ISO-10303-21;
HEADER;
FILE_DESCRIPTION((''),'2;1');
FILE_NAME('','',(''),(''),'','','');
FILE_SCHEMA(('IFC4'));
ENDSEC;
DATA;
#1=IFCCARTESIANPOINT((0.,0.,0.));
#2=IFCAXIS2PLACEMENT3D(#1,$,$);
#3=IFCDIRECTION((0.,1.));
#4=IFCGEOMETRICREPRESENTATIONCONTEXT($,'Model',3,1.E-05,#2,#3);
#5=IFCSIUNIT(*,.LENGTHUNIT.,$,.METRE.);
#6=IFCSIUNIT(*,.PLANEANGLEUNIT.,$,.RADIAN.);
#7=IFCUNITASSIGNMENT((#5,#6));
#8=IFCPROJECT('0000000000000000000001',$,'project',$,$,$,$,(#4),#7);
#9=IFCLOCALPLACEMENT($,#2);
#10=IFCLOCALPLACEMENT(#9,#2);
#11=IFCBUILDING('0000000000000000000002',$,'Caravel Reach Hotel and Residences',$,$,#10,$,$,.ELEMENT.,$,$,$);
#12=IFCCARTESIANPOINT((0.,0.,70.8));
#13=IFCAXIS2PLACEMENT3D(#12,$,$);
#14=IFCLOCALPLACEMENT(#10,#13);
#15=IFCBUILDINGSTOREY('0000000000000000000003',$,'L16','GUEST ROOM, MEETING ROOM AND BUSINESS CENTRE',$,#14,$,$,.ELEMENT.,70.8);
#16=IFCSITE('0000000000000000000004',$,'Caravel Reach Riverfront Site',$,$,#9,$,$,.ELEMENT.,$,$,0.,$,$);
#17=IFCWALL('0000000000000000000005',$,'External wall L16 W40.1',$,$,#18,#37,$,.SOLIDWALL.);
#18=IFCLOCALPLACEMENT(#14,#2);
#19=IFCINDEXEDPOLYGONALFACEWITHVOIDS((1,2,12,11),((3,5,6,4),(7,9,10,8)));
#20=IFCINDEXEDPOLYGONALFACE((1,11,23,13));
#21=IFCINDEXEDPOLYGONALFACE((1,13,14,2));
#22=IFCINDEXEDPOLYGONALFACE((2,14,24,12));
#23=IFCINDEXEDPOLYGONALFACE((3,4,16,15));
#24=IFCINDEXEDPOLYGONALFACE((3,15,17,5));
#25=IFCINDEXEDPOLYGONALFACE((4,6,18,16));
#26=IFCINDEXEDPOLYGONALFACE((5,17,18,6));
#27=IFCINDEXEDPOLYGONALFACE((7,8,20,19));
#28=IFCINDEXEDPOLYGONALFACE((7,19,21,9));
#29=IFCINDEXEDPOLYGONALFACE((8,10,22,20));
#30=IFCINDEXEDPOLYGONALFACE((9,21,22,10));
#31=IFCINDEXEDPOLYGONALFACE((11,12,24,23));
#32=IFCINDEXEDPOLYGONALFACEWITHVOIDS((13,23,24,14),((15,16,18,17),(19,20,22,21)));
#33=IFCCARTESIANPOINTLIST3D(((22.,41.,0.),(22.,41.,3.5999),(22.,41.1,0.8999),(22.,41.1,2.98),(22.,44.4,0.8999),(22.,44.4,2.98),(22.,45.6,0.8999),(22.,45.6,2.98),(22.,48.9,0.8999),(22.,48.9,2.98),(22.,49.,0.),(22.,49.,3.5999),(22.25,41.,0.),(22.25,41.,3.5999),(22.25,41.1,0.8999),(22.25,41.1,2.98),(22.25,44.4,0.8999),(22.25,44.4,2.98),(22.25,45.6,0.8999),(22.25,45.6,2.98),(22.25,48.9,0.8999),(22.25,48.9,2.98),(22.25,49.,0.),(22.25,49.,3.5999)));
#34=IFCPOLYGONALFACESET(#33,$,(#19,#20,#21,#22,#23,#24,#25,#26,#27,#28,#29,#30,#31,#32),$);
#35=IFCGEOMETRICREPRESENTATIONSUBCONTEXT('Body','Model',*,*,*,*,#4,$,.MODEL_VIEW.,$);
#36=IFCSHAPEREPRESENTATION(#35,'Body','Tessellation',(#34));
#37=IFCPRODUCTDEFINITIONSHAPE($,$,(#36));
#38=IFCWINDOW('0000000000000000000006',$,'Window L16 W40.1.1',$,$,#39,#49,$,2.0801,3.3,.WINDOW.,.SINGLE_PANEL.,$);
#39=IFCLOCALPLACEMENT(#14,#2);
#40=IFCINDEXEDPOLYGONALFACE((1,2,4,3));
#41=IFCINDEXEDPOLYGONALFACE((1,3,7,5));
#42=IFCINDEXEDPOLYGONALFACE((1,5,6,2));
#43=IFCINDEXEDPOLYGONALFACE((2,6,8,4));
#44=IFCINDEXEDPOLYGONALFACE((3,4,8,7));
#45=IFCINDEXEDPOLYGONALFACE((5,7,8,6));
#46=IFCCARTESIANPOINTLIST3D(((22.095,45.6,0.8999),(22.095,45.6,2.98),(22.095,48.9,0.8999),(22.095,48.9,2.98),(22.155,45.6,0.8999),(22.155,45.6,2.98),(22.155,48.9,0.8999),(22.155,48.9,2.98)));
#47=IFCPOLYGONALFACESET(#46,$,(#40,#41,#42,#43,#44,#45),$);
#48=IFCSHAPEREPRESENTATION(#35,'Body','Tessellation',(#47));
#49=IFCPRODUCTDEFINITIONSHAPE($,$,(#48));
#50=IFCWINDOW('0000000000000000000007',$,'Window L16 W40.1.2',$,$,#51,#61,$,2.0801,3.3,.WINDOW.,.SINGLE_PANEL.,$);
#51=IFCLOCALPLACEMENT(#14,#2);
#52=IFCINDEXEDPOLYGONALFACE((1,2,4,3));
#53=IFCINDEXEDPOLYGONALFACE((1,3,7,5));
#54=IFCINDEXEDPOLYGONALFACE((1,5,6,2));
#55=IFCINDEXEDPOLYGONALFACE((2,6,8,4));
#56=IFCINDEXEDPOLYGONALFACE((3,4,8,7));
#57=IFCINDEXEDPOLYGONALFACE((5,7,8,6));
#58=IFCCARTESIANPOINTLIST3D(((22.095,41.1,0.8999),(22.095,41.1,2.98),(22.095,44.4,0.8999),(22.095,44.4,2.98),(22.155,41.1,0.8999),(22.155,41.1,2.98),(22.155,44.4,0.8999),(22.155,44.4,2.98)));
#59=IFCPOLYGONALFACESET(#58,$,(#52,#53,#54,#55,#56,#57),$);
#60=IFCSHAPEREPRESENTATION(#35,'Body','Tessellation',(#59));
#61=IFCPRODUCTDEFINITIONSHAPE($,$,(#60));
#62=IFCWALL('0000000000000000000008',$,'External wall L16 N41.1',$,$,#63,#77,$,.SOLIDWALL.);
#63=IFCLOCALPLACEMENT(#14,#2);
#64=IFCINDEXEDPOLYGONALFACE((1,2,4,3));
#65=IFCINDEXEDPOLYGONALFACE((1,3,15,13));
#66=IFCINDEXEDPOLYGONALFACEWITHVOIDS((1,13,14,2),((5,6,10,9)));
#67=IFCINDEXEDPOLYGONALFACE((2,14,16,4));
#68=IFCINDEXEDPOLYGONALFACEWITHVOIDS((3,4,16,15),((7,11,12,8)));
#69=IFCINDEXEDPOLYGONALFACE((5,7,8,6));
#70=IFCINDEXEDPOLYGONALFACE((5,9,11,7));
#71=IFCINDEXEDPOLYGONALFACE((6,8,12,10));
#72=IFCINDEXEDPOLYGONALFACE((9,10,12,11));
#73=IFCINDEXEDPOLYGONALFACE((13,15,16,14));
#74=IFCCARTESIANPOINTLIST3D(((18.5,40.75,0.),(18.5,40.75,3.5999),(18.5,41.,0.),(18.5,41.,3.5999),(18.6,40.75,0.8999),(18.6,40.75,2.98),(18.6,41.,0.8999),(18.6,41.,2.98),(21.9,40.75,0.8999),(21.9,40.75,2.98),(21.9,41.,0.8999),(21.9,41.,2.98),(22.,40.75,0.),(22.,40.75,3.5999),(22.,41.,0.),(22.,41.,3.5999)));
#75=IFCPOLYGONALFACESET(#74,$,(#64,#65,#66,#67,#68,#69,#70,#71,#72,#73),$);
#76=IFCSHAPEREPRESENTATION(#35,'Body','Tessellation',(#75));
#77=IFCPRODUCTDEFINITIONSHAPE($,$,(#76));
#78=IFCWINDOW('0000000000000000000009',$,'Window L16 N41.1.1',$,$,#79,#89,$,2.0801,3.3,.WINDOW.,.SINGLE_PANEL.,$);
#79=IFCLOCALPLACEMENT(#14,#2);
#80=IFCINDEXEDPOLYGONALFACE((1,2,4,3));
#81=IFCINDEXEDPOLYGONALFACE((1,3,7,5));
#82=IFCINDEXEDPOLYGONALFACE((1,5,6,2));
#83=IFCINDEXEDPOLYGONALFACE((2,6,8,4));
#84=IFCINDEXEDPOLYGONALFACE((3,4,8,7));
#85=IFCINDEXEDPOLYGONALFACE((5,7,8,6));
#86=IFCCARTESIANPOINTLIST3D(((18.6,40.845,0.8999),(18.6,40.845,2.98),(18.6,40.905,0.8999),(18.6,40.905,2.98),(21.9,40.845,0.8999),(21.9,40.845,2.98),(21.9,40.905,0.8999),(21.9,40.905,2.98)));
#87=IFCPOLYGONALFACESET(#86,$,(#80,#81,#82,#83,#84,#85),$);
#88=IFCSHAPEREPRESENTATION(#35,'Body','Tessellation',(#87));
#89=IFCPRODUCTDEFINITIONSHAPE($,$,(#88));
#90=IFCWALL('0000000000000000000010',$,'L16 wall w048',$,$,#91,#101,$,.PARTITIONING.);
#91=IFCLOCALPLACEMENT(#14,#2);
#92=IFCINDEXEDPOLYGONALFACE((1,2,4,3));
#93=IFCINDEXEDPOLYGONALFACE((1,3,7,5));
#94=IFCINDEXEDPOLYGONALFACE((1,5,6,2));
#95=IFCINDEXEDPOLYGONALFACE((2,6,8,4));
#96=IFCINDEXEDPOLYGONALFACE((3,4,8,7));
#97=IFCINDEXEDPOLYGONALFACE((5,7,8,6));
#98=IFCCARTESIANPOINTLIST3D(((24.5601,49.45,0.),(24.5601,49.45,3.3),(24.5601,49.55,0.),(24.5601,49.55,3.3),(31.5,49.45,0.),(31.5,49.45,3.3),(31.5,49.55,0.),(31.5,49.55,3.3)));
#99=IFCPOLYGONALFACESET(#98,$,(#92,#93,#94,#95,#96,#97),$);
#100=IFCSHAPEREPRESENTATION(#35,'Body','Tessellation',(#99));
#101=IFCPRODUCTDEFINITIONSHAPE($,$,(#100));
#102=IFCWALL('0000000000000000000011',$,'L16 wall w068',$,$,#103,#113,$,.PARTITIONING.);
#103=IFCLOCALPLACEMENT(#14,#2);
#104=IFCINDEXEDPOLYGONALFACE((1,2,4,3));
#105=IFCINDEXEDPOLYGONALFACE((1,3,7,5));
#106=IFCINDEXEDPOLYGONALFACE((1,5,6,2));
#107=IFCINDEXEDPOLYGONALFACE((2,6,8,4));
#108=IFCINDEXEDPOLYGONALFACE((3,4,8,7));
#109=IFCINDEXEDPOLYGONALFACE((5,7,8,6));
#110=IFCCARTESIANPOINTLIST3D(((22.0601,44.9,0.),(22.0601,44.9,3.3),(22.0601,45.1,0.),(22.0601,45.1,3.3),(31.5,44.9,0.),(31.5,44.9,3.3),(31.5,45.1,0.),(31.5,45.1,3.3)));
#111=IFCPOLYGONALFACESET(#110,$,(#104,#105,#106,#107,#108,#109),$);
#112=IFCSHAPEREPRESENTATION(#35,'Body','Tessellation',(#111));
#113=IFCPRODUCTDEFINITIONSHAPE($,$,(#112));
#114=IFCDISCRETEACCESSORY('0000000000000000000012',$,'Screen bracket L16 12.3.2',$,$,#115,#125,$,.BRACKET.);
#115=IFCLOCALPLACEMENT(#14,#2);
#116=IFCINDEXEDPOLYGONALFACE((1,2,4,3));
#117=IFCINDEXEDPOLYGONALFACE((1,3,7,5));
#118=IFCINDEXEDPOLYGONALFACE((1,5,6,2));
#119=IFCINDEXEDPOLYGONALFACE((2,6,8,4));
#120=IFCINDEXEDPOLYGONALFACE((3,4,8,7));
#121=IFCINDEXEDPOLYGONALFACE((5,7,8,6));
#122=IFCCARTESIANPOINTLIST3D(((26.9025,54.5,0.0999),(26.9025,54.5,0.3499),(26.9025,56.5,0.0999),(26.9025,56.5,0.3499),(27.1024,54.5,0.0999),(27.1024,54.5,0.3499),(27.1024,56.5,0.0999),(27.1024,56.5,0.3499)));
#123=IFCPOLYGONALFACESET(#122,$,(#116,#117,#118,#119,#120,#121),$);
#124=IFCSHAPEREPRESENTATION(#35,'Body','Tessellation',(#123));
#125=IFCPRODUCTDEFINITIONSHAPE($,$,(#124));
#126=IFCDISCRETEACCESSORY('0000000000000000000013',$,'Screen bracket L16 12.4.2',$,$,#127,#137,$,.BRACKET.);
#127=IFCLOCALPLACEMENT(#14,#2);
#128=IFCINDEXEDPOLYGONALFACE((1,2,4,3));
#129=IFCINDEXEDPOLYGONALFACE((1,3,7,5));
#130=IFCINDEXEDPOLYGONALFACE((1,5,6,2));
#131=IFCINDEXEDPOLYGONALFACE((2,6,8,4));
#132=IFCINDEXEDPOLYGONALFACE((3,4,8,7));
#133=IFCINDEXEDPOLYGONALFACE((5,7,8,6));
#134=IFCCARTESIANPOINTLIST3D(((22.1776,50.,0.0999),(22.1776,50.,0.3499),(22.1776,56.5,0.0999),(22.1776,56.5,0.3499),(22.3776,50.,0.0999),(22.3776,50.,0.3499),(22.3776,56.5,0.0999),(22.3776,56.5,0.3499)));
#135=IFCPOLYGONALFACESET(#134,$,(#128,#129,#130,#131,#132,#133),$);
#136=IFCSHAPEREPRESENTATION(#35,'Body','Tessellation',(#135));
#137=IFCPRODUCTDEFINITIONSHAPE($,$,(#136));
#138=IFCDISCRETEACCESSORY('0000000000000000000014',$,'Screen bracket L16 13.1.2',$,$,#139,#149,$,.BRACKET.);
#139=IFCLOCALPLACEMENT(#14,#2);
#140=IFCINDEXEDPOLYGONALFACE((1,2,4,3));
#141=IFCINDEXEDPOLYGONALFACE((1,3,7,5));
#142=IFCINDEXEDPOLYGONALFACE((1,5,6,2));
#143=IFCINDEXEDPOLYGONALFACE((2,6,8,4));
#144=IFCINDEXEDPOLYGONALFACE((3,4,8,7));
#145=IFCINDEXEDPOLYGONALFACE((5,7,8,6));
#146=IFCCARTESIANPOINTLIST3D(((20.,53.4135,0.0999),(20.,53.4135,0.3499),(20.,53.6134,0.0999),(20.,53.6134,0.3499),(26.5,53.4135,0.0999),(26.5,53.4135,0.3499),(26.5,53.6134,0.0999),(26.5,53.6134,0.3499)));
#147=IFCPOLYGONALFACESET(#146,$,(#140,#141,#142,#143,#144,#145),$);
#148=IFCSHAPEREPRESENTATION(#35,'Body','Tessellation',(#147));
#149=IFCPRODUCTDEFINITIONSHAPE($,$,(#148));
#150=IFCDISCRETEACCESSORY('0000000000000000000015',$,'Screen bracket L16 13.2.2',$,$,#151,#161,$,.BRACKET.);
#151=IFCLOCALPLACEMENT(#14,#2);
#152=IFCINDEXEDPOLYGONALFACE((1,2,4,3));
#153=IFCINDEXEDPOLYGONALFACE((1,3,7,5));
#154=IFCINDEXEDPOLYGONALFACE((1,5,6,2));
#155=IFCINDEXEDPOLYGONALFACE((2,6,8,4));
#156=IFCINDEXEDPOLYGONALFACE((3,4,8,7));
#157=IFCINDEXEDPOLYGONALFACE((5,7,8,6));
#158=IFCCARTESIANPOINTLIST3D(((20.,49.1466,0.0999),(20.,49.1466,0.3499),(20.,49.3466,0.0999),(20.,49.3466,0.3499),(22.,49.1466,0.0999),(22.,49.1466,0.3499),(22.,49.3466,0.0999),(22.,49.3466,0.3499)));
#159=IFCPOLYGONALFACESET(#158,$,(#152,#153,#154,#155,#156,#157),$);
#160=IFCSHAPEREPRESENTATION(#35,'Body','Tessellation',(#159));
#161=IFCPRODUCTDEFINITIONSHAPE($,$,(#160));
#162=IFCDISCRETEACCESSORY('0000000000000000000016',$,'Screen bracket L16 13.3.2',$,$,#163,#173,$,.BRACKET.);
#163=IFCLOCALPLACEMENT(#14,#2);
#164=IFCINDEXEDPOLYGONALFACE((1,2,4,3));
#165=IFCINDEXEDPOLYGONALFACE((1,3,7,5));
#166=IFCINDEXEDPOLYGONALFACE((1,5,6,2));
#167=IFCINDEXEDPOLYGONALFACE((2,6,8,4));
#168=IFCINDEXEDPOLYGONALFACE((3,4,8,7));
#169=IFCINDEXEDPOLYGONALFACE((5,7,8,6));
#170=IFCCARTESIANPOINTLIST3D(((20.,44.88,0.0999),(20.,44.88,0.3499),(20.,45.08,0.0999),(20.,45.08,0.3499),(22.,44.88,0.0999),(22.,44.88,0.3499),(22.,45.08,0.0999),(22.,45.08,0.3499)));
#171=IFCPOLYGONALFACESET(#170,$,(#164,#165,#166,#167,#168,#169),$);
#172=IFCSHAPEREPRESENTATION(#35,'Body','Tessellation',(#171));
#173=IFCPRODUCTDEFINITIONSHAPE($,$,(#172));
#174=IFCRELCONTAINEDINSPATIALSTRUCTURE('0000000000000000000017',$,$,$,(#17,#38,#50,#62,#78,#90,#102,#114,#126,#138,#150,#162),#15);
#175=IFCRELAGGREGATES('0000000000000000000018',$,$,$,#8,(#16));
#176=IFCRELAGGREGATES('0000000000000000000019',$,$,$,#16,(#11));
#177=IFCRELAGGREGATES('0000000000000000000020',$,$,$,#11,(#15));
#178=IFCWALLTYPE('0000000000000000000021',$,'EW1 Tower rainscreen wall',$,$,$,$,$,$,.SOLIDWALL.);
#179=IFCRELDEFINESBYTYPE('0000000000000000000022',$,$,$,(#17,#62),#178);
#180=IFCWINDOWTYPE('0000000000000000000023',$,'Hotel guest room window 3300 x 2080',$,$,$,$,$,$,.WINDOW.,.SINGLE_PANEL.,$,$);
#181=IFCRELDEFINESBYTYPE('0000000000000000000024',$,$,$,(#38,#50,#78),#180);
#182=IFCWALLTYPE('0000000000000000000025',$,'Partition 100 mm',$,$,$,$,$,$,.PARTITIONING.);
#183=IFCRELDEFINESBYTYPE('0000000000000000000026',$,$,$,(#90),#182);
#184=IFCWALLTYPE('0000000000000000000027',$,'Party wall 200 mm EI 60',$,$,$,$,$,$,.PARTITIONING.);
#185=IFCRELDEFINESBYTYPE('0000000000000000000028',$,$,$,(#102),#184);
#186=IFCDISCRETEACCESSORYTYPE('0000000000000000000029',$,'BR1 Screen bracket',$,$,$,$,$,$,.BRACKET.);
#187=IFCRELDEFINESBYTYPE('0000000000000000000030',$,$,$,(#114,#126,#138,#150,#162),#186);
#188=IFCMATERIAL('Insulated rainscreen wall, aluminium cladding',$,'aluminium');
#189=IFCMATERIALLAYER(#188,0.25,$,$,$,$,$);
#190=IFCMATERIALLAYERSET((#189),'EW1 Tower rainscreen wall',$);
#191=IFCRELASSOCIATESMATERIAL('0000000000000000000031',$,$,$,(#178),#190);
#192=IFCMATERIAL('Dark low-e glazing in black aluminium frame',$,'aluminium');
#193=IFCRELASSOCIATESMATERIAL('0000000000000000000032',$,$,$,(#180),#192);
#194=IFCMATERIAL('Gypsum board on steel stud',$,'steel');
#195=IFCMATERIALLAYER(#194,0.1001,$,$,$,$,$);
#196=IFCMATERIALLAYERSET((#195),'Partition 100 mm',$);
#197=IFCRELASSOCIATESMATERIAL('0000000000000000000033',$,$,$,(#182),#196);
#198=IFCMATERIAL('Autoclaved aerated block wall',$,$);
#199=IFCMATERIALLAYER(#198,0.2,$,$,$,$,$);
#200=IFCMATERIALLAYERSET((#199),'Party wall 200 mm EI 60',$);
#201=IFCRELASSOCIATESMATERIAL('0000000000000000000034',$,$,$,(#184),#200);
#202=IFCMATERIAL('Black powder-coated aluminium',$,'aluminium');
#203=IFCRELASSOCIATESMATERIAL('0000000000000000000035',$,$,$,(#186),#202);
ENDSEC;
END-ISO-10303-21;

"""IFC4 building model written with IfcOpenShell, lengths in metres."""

from ifc_helpers import new_model, si_unit, direction, frame, frame_2d, origin, origin_2d, place, context, subcontext, project, spatial, rectangle, extrude, material, layer, layer_set, type_object, element, fill, save


model = new_model("IFC4")

# Units and contexts
model_context = context("Model", 3, precision=1e-05, world=origin(), true_north=direction((0.0, 1.0)))
body_context = subcontext(model_context, "Body", "Model", "MODEL_VIEW")
ifc_project = project(units=[si_unit("LENGTHUNIT", "METRE"), si_unit("PLANEANGLEUNIT", "RADIAN")], contexts=[model_context])

# Site, building, storey
site_placement = place(None, origin())
site = spatial("IfcSite", under=ifc_project, at=site_placement, Name="Caravel Reach Riverfront Site", CompositionType="ELEMENT", RefElevation=0.0)
building_placement = place(site_placement, origin())
building = spatial("IfcBuilding", under=site, at=building_placement, Name="Caravel Reach Hotel and Residences", CompositionType="ELEMENT")
storey_placement = place(building_placement, frame((0.0, 0.0, 70.8)))
storey = spatial("IfcBuildingStorey", under=building, at=storey_placement, Name="L16", Description="GUEST ROOM, MEETING ROOM AND BUSINESS CENTRE", CompositionType="ELEMENT", Elevation=70.8)

# Shared definitions
ifc_material_1 = material(Name="Insulated rainscreen wall, aluminium cladding", Category="aluminium")
ifc_layer_1 = layer(ifc_material_1, 0.25)
ifc_layer_set_1 = layer_set([ifc_layer_1], Name="EW1 Tower rainscreen wall")
wall_type_1 = type_object("IfcWallType", Name="EW1 Tower rainscreen wall", PredefinedType="SOLIDWALL", material=ifc_layer_set_1)

# Wall, openings, windows
wall_1_placement = place(storey_placement, frame((22.125, 49.0, 0.0), z_axis=(0.0, 0.0, 1.0), x_axis=(0.0, -1.0, 0.0)))
wall_1 = element("IfcWall", 1, at=wall_1_placement, inside=storey, type_object=wall_type_1, Name="External wall L16 W40.1", PredefinedType="SOLIDWALL", context=body_context, shape_type="SweptSolid", body=[
    extrude(rectangle(XDim=8.0, YDim=0.25, at=frame_2d((4.0, 0.0))), origin(), (0.0, 0.0, 1.0), 3.5999),
])
opening_1_placement = place(wall_1_placement, frame((0.1001, 0.0, 0.8999)))
opening_1 = element("IfcOpeningElement", 2, at=opening_1_placement, cuts=wall_1, PredefinedType="OPENING", context=body_context, shape_type="SweptSolid", body=[
    extrude(rectangle(XDim=3.3, YDim=2.0801, at=frame_2d((1.6499, 1.04))), frame((0.0, 0.135, 0.0), z_axis=(0.0, -1.0, 0.0), x_axis=(1.0, 0.0, 0.0)), (0.0, 0.0, 1.0), 0.27),
])
opening_2_placement = place(wall_1_placement, frame((4.6001, 0.0, 0.8999)))
opening_2 = element("IfcOpeningElement", 3, at=opening_2_placement, cuts=wall_1, PredefinedType="OPENING", context=body_context, shape_type="SweptSolid", body=[
    extrude(rectangle(XDim=3.3, YDim=2.0801, at=frame_2d((1.6499, 1.04))), frame((0.0, 0.135, 0.0), z_axis=(0.0, -1.0, 0.0), x_axis=(1.0, 0.0, 0.0)), (0.0, 0.0, 1.0), 0.27),
])
ifc_material_2 = material(Name="Dark low-e glazing in black aluminium frame", Category="aluminium")
window_type_1 = type_object("IfcWindowType", Name="Hotel guest room window 3300 x 2080", PartitioningType="SINGLE_PANEL", PredefinedType="WINDOW", material=ifc_material_2)
window_1_placement = place(opening_1_placement, origin())
window_1 = element("IfcWindow", 4, at=window_1_placement, inside=storey, type_object=window_type_1, Name="Window L16 W40.1.1", OverallHeight=2.0801, OverallWidth=3.3, PartitioningType="SINGLE_PANEL", PredefinedType="WINDOW", context=body_context, shape_type="SweptSolid", body=[
    extrude(rectangle(XDim=3.3, YDim=2.0801, at=frame_2d((1.6499, 1.04))), frame((0.0, 0.03, 0.0), z_axis=(0.0, -1.0, 0.0), x_axis=(1.0, 0.0, 0.0)), (0.0, 0.0, 1.0), 0.0601),
])
fill(opening_1, window_1)
window_2_placement = place(opening_2_placement, origin())
window_2 = element("IfcWindow", 5, at=window_2_placement, inside=storey, type_object=window_type_1, Name="Window L16 W40.1.2", OverallHeight=2.0801, OverallWidth=3.3, PartitioningType="SINGLE_PANEL", PredefinedType="WINDOW", context=body_context, shape_type="SweptSolid", body=[
    extrude(rectangle(XDim=3.3, YDim=2.0801, at=frame_2d((1.6499, 1.04))), frame((0.0, 0.03, 0.0), z_axis=(0.0, -1.0, 0.0), x_axis=(1.0, 0.0, 0.0)), (0.0, 0.0, 1.0), 0.0601),
])
fill(opening_2, window_2)

# Wall, opening, window
wall_2_placement = place(storey_placement, frame((22.0, 40.875, 0.0), z_axis=(0.0, 0.0, 1.0), x_axis=(-1.0, 0.0, 0.0)))
wall_2 = element("IfcWall", 6, at=wall_2_placement, inside=storey, type_object=wall_type_1, Name="External wall L16 N41.1", PredefinedType="SOLIDWALL", context=body_context, shape_type="SweptSolid", body=[
    extrude(rectangle(XDim=3.5, YDim=0.25, at=frame_2d((1.75, 0.0))), origin(), (0.0, 0.0, 1.0), 3.5999),
])
opening_3_placement = place(wall_2_placement, frame((0.1001, 0.0, 0.8999)))
opening_3 = element("IfcOpeningElement", 7, at=opening_3_placement, cuts=wall_2, PredefinedType="OPENING", context=body_context, shape_type="SweptSolid", body=[
    extrude(rectangle(XDim=3.3, YDim=2.0801, at=frame_2d((1.6499, 1.04))), frame((0.0, 0.135, 0.0), z_axis=(0.0, -1.0, 0.0), x_axis=(1.0, 0.0, 0.0)), (0.0, 0.0, 1.0), 0.27),
])
window_3_placement = place(opening_3_placement, origin())
window_3 = element("IfcWindow", 8, at=window_3_placement, inside=storey, type_object=window_type_1, Name="Window L16 N41.1.1", OverallHeight=2.0801, OverallWidth=3.3, PartitioningType="SINGLE_PANEL", PredefinedType="WINDOW", context=body_context, shape_type="SweptSolid", body=[
    extrude(rectangle(XDim=3.3, YDim=2.0801, at=frame_2d((1.6499, 1.04))), frame((0.0, 0.03, 0.0), z_axis=(0.0, -1.0, 0.0), x_axis=(1.0, 0.0, 0.0)), (0.0, 0.0, 1.0), 0.0601),
])
fill(opening_3, window_3)

# Walls
ifc_material_3 = material(Name="Gypsum board on steel stud", Category="steel")
ifc_layer_2 = layer(ifc_material_3, 0.1001)
ifc_layer_set_2 = layer_set([ifc_layer_2], Name="Partition 100 mm")
wall_type_2 = type_object("IfcWallType", Name="Partition 100 mm", PredefinedType="PARTITIONING", material=ifc_layer_set_2)
wall_3_placement = place(storey_placement, frame((24.5601, 49.5, 0.0), z_axis=(0.0, 0.0, 1.0), x_axis=(1.0, 0.0, 0.0)))
element("IfcWall", 9, at=wall_3_placement, inside=storey, type_object=wall_type_2, Name="L16 wall w048", PredefinedType="PARTITIONING", context=body_context, shape_type="SweptSolid", body=[
    extrude(rectangle(XDim=6.9399, YDim=0.1001, at=frame_2d((3.47, 0.0))), origin(), (0.0, 0.0, 1.0), 3.3),
])
ifc_material_4 = material(Name="Autoclaved aerated block wall")
ifc_layer_3 = layer(ifc_material_4, 0.2)
ifc_layer_set_3 = layer_set([ifc_layer_3], Name="Party wall 200 mm EI 60")
wall_type_3 = type_object("IfcWallType", Name="Party wall 200 mm EI 60", PredefinedType="PARTITIONING", material=ifc_layer_set_3)
wall_4_placement = place(storey_placement, frame((22.0601, 45.0, 0.0), z_axis=(0.0, 0.0, 1.0), x_axis=(1.0, 0.0, 0.0)))
element("IfcWall", 10, at=wall_4_placement, inside=storey, type_object=wall_type_3, Name="L16 wall w068", PredefinedType="PARTITIONING", context=body_context, shape_type="SweptSolid", body=[
    extrude(rectangle(XDim=9.4399, YDim=0.2, at=frame_2d((4.72, 0.0))), origin(), (0.0, 0.0, 1.0), 3.3),
])

# Discrete accessories
ifc_material_5 = material(Name="Black powder-coated aluminium", Category="aluminium")
discrete_accessory_type = type_object("IfcDiscreteAccessoryType", Name="BR1 Screen bracket", PredefinedType="BRACKET", material=ifc_material_5)
discrete_accessory_placement = place(storey_placement, frame((27.0024, 55.5, 0.0999), z_axis=(0.0, 0.0, 1.0), x_axis=(0.0, 1.0, 0.0)))
element("IfcDiscreteAccessory", 11, at=discrete_accessory_placement, inside=storey, type_object=discrete_accessory_type, Name="Screen bracket L16 12.3.2", PredefinedType="BRACKET", context=body_context, shape_type="SweptSolid", body=[
    extrude(rectangle(XDim=2.0, YDim=0.2, at=origin_2d()), origin(), (0.0, 0.0, 1.0), 0.25),
])
for number, where, z_axis, x_axis, name in (
    (12, (22.2776, 53.25, 0.0999), (0.0, 0.0, 1.0), (0.0, 1.0, 0.0), "Screen bracket L16 12.4.2"),
    (13, (23.25, 53.5134, 0.0999), (0.0, 0.0, 1.0), (-1.0, 0.0, 0.0), "Screen bracket L16 13.1.2"),
):
    element("IfcDiscreteAccessory", number, at=place(storey_placement, frame(where, z_axis=z_axis, x_axis=x_axis)), inside=storey, type_object=discrete_accessory_type, Name=name, PredefinedType="BRACKET", context=body_context, shape_type="SweptSolid", body=[
        extrude(rectangle(XDim=6.5, YDim=0.2, at=origin_2d()), origin(), (0.0, 0.0, 1.0), 0.25),
    ])
for number, where, z_axis, x_axis, name in (
    (14, (21.0, 49.2466, 0.0999), (0.0, 0.0, 1.0), (-1.0, 0.0, 0.0), "Screen bracket L16 13.2.2"),
    (15, (21.0, 44.98, 0.0999), (0.0, 0.0, 1.0), (-1.0, 0.0, 0.0), "Screen bracket L16 13.3.2"),
):
    element("IfcDiscreteAccessory", number, at=place(storey_placement, frame(where, z_axis=z_axis, x_axis=x_axis)), inside=storey, type_object=discrete_accessory_type, Name=name, PredefinedType="BRACKET", context=body_context, shape_type="SweptSolid", body=[
        extrude(rectangle(XDim=2.0, YDim=0.2, at=origin_2d()), origin(), (0.0, 0.0, 1.0), 0.25),
    ])

save(model, "model.ifc")
